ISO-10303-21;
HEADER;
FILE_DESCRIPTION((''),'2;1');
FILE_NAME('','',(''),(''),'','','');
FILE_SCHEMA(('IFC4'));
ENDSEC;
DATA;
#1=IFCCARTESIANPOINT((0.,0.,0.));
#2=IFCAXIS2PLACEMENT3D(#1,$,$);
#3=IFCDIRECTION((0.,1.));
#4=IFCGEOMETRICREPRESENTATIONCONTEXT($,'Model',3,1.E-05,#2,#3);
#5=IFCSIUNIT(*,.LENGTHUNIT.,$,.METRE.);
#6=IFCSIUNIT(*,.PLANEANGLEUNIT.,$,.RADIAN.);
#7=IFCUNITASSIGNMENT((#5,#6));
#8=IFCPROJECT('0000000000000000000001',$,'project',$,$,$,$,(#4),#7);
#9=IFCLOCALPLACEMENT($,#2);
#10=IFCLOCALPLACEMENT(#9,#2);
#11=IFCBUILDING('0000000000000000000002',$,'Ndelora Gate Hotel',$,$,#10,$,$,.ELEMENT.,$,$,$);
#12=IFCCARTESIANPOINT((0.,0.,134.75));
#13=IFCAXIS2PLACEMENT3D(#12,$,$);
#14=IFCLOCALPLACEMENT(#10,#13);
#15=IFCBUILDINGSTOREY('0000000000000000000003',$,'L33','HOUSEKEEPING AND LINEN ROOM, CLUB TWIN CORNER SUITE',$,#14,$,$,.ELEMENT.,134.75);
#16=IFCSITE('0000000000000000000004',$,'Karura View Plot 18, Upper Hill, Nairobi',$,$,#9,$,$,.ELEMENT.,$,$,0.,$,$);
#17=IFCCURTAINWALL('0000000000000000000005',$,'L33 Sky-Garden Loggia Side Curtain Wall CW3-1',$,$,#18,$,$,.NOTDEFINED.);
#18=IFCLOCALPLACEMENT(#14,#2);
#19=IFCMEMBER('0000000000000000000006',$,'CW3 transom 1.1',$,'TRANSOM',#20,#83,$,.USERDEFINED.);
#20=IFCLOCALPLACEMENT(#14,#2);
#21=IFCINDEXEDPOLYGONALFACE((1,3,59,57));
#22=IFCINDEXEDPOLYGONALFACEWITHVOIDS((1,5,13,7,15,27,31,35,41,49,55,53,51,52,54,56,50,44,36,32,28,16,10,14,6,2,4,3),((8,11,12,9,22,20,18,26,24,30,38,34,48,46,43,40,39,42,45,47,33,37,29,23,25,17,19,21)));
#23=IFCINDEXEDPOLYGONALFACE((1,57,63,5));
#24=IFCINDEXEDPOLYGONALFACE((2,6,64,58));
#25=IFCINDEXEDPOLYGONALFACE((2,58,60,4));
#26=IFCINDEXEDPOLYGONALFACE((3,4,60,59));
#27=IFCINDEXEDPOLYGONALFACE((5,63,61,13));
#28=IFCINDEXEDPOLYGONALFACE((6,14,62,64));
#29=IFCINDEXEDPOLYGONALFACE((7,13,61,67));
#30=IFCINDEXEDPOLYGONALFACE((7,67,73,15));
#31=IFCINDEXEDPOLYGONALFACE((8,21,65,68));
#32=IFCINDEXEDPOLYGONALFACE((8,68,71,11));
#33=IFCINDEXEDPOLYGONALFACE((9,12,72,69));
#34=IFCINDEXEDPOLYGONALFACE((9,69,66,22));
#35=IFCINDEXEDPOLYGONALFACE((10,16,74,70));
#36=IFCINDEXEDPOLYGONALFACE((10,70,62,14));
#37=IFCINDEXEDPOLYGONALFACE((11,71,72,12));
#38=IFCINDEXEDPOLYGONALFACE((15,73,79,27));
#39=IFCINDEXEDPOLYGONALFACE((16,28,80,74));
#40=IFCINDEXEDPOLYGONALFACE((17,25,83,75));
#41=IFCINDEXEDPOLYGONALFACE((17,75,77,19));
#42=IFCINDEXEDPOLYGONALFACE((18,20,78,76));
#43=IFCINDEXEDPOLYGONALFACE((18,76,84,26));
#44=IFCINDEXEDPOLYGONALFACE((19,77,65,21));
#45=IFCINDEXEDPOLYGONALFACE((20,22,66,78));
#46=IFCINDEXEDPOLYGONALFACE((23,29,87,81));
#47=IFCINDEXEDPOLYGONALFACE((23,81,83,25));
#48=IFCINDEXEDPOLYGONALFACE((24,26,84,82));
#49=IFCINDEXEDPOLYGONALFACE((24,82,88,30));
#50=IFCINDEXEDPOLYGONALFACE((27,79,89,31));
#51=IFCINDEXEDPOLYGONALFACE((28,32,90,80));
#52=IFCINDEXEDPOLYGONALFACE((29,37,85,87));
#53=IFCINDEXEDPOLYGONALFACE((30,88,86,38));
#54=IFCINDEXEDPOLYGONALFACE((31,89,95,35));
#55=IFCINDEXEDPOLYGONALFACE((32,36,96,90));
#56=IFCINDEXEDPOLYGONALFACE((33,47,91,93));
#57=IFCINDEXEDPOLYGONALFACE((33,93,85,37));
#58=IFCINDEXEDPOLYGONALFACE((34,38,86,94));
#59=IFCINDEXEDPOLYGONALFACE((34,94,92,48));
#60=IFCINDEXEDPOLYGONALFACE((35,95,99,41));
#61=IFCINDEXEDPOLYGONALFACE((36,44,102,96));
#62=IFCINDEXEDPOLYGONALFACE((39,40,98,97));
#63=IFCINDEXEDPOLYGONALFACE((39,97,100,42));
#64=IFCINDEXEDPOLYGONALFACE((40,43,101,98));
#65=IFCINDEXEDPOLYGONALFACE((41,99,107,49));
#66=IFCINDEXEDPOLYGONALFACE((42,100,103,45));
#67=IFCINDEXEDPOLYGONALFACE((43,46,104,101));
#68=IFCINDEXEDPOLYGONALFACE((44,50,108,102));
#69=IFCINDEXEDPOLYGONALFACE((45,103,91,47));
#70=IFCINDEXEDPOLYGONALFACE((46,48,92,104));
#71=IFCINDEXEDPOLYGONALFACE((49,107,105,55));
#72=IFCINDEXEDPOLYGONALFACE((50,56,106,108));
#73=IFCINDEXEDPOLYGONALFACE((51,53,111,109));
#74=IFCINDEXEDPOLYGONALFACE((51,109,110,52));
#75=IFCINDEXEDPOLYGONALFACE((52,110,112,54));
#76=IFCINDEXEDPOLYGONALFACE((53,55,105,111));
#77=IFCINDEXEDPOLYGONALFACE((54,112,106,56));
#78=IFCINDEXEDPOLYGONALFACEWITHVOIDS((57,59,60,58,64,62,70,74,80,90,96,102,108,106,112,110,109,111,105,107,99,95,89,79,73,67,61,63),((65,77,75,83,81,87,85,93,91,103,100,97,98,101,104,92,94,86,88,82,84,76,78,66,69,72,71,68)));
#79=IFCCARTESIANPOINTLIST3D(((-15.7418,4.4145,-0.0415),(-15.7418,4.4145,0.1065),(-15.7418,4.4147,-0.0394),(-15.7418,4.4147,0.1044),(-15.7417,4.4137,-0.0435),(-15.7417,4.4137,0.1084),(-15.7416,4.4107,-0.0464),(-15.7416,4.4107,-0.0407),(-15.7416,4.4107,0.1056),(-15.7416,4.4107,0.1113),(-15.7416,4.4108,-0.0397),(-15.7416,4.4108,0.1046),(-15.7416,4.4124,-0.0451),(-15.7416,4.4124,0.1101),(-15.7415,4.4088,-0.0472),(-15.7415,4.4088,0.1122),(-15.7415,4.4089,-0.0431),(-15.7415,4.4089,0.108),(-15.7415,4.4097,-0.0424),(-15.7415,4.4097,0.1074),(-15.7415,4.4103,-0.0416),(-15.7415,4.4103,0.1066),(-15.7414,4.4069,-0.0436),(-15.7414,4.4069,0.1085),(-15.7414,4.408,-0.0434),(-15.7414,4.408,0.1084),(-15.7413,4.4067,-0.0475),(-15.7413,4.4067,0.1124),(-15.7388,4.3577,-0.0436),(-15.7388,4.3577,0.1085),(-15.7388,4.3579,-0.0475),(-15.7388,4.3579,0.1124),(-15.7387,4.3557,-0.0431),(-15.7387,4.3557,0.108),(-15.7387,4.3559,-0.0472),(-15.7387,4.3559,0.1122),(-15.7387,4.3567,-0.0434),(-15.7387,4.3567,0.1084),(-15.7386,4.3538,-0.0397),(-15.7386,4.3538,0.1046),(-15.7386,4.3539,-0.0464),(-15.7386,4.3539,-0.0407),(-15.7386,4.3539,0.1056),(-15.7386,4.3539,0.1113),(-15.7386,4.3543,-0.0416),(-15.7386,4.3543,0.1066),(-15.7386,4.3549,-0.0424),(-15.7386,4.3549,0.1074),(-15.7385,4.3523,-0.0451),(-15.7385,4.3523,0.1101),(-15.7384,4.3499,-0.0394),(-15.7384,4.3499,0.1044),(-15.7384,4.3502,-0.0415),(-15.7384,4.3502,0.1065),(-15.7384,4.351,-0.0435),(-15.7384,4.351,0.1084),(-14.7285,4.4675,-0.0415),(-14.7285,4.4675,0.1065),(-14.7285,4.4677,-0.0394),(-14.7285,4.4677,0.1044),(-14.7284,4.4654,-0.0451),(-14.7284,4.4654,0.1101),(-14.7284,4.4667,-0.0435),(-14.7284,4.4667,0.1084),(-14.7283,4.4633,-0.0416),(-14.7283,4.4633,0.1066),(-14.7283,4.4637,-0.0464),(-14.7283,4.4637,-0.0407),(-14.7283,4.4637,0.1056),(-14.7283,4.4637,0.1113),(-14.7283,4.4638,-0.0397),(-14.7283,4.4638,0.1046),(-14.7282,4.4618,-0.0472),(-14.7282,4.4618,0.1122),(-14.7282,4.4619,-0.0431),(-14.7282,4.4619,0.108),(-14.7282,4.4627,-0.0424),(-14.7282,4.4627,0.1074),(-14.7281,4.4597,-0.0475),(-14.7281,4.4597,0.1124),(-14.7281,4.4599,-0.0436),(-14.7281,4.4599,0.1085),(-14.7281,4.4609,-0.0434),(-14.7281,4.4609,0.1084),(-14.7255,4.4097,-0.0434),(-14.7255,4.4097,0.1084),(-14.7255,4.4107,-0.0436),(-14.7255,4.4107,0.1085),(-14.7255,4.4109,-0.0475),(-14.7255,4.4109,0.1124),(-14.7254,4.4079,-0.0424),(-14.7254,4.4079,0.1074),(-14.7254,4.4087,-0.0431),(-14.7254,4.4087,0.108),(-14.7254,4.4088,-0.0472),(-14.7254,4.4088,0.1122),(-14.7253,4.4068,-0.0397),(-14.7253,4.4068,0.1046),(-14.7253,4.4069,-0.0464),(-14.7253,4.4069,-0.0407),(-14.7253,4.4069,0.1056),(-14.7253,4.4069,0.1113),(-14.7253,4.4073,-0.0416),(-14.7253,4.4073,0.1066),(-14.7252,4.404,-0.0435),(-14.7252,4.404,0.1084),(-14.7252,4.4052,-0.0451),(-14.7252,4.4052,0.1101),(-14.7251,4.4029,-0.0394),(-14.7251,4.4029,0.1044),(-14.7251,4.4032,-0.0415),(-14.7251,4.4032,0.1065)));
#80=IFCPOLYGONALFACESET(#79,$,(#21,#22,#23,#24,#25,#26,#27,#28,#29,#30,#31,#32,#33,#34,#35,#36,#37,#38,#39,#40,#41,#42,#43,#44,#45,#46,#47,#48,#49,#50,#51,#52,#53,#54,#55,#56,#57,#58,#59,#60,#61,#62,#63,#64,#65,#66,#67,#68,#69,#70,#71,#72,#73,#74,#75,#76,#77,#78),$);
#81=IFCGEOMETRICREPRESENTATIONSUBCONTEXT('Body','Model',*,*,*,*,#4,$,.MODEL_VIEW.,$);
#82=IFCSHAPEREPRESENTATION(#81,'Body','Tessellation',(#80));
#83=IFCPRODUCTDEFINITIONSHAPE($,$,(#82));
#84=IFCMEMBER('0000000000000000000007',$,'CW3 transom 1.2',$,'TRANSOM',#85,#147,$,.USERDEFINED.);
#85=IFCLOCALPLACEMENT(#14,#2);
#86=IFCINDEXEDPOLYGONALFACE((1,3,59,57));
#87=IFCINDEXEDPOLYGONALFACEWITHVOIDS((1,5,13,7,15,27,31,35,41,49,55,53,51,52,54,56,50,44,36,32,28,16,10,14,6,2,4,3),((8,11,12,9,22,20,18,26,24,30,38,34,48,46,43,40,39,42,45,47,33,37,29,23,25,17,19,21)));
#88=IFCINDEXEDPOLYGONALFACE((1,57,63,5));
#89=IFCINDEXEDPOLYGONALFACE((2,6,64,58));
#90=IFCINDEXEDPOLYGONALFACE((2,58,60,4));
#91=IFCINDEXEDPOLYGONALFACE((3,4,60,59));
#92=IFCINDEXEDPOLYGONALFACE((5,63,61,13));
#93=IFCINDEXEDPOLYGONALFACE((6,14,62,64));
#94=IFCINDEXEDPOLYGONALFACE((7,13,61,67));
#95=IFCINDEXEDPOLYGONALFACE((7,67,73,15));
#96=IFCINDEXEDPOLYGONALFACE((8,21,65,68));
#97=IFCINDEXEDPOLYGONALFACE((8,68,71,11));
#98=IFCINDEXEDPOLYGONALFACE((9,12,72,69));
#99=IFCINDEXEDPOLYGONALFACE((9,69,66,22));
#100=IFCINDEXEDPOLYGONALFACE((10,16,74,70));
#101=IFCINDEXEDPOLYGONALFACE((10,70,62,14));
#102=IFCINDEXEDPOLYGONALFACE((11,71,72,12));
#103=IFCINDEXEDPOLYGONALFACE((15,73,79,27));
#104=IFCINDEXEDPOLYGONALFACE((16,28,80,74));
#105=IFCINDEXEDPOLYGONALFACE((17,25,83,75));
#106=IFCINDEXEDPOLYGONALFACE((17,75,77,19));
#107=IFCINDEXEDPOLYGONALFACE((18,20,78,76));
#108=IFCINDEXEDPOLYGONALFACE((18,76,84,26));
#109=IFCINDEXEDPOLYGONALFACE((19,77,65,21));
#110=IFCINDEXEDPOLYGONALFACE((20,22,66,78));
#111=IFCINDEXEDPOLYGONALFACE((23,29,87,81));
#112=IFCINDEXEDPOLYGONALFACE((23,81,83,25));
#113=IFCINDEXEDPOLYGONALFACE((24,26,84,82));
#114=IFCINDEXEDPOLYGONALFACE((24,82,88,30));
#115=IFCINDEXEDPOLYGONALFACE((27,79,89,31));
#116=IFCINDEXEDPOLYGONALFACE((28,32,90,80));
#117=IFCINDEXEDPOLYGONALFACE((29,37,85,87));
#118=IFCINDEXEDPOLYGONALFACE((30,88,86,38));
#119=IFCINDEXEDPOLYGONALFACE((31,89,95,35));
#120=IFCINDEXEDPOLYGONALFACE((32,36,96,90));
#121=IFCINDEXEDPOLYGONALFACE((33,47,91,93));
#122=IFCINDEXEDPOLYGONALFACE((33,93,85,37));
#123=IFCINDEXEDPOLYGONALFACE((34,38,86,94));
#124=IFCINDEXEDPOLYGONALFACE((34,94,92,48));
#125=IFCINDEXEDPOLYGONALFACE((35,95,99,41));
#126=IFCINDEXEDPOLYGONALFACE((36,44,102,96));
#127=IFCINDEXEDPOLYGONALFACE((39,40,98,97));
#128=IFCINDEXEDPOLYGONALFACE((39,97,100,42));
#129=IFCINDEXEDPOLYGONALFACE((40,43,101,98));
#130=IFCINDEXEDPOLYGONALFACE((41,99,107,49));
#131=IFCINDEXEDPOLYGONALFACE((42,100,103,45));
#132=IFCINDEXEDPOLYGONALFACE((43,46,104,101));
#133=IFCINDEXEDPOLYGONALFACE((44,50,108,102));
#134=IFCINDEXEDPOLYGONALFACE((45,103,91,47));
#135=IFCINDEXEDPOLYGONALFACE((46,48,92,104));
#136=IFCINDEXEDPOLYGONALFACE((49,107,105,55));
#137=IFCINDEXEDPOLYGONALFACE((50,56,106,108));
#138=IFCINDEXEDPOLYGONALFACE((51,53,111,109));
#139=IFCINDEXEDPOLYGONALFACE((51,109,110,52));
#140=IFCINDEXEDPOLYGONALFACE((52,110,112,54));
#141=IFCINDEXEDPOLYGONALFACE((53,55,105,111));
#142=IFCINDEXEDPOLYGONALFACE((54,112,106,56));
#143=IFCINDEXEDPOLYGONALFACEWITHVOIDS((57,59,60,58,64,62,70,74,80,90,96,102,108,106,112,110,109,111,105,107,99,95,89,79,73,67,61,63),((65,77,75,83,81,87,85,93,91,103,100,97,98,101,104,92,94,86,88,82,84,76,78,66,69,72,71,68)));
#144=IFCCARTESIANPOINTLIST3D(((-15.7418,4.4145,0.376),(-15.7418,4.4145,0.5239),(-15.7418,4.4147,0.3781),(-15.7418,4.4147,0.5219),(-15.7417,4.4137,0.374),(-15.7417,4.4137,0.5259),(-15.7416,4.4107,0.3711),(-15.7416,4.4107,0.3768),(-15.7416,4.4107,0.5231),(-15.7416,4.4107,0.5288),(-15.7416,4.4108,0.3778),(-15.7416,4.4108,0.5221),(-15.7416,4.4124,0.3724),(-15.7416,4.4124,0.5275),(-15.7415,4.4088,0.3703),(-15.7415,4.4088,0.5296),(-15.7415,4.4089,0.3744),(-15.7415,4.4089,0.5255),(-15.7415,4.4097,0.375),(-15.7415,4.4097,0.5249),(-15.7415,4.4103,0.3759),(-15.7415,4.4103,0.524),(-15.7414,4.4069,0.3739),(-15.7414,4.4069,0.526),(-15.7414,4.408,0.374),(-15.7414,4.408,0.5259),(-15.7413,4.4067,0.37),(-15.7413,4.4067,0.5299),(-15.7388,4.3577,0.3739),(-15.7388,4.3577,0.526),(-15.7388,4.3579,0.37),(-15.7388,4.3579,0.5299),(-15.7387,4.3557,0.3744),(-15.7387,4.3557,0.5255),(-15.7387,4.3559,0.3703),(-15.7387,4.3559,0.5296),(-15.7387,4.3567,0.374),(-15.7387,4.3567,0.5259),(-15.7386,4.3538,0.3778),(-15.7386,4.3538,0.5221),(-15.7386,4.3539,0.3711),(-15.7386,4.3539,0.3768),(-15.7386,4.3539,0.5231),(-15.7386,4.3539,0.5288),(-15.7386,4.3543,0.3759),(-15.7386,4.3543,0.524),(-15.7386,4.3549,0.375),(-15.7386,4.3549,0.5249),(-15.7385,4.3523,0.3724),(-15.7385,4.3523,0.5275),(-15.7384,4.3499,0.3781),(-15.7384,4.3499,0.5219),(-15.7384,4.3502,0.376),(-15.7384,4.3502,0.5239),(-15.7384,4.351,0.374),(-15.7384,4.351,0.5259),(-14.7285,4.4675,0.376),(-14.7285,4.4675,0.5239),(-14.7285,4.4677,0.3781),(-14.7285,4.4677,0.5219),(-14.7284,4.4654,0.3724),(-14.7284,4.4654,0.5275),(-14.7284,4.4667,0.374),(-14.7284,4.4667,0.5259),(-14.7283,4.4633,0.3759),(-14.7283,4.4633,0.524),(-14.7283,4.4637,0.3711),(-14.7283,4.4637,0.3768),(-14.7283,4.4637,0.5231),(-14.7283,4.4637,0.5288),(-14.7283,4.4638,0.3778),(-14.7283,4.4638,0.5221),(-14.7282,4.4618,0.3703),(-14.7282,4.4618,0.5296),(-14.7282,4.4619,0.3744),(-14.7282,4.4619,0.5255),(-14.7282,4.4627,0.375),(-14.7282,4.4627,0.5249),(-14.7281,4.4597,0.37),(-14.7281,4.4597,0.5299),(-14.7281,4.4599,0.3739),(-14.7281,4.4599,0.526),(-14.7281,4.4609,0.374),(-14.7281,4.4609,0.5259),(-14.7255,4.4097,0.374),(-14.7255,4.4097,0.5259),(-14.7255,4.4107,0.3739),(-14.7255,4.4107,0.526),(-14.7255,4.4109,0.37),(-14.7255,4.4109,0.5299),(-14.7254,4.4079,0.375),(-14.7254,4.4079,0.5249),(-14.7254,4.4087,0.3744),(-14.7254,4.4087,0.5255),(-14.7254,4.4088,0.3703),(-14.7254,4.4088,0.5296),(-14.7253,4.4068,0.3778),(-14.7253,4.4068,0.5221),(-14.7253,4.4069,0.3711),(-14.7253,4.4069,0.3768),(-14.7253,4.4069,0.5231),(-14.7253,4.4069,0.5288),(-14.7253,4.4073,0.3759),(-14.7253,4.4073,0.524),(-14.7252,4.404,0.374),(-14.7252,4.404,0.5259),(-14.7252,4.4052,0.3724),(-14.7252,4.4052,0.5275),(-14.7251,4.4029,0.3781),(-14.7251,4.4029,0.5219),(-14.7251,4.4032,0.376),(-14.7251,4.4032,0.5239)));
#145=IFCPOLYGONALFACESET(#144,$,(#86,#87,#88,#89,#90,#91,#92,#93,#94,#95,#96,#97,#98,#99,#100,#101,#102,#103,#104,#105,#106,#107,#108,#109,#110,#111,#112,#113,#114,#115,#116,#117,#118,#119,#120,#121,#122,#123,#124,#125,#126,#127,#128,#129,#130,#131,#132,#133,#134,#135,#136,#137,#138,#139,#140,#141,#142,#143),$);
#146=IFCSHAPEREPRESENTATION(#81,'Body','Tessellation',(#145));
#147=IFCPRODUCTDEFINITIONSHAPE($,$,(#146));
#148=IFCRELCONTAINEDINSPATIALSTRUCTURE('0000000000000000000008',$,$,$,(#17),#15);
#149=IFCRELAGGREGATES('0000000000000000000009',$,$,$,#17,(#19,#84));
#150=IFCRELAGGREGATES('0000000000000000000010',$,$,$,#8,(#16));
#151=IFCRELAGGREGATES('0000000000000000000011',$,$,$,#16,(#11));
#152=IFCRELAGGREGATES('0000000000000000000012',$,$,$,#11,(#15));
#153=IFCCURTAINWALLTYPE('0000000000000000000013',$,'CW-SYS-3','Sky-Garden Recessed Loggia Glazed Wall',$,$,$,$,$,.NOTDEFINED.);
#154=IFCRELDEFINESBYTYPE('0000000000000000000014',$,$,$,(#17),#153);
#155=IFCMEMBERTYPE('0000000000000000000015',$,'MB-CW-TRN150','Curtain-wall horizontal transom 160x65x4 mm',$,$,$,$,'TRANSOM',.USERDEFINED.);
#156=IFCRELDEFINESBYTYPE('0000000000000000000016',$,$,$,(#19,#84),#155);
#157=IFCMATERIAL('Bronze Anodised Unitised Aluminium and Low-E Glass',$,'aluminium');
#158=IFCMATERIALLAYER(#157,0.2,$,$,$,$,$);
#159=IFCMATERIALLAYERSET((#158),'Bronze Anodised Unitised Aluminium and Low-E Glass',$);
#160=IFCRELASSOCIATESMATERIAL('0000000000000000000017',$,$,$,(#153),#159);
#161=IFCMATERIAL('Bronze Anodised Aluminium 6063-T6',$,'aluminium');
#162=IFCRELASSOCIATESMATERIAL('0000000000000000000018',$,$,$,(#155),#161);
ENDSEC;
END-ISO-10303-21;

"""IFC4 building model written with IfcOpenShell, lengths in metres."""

from ifc_helpers import new_model, si_unit, direction, frame, origin, origin_2d, place, context, subcontext, project, spatial, hollow_rectangle, extrude, material, layer, layer_set, material_profile, profile_set, type_object, element, aggregate, save


model = new_model("IFC4")

# Units and contexts
model_context = context("Model", 3, precision=1e-05, world=origin(), true_north=direction((0.0, 1.0)))
body_context = subcontext(model_context, "Body", "Model", "MODEL_VIEW")
ifc_project = project(units=[si_unit("LENGTHUNIT", "METRE"), si_unit("PLANEANGLEUNIT", "RADIAN")], contexts=[model_context])

# Site, building, storey
site_placement = place(None, origin())
site = spatial("IfcSite", under=ifc_project, at=site_placement, Name="Karura View Plot 18, Upper Hill, Nairobi", CompositionType="ELEMENT", RefElevation=0.0)
building_placement = place(site_placement, origin())
building = spatial("IfcBuilding", under=site, at=building_placement, Name="Ndelora Gate Hotel", CompositionType="ELEMENT")
storey_placement = place(building_placement, frame((0.0, 0.0, 134.75)))
storey = spatial("IfcBuildingStorey", under=building, at=storey_placement, Name="L33", Description="HOUSEKEEPING AND LINEN ROOM, CLUB TWIN CORNER SUITE", CompositionType="ELEMENT", Elevation=134.75)

# Curtain wall, members
ifc_material_1 = material(Name="Bronze Anodised Unitised Aluminium and Low-E Glass", Category="aluminium")
ifc_layer_1 = layer(ifc_material_1, 0.2)
ifc_layer_set_1 = layer_set([ifc_layer_1], Name="Bronze Anodised Unitised Aluminium and Low-E Glass")
curtain_wall_type = type_object("IfcCurtainWallType", Name="CW-SYS-3", Description="Sky-Garden Recessed Loggia Glazed Wall", PredefinedType="NOTDEFINED", material=ifc_layer_set_1)
curtain_wall_placement = place(storey_placement, origin())
curtain_wall = element("IfcCurtainWall", 1, at=curtain_wall_placement, inside=storey, type_object=curtain_wall_type, Name="L33 Sky-Garden Loggia Side Curtain Wall CW3-1", PredefinedType="NOTDEFINED")
ifc_material_2 = material(Name="Bronze Anodised Aluminium 6063-T6", Category="aluminium")
ifc_material_profile_1 = material_profile(ifc_material_2, hollow_rectangle(XDim=0.0649, YDim=0.1599, WallThickness=0.0039, InnerFilletRadius=0.0039, OuterFilletRadius=0.0081, at=origin_2d()), Name="ALU 160x65x4")
ifc_profile_set_1 = profile_set([ifc_material_profile_1], Name="Bronze Anodised Aluminium 6063-T6")
member_type_1 = type_object("IfcMemberType", Name="MB-CW-TRN150", Description="Curtain-wall horizontal transom 160x65x4 mm", ElementType="TRANSOM", PredefinedType="USERDEFINED", material=ifc_profile_set_1)
member_1_placement = place(storey_placement, frame((-14.7268, 4.4353, 0.0325), z_axis=(-0.998636, -0.052218, 0.0), x_axis=(0.052218, -0.998636, 0.0)))
member_1 = element("IfcMember", 2, at=member_1_placement, type_object=member_type_1, Name="CW3 transom 1.1", ObjectType="TRANSOM", PredefinedType="USERDEFINED", context=body_context, shape_type="SweptSolid", body=[
    extrude(hollow_rectangle(XDim=0.0649, YDim=0.1599, WallThickness=0.0039, InnerFilletRadius=0.0039, OuterFilletRadius=0.0081, at=origin_2d()), origin(), (0.0, 0.0, 1.0), 1.0146),
])
member_2_placement = place(storey_placement, frame((-14.7268, 4.4353, 0.45), z_axis=(-0.998636, -0.052218, 0.0), x_axis=(0.052218, -0.998636, 0.0)))
member_2 = element("IfcMember", 3, at=member_2_placement, type_object=member_type_1, Name="CW3 transom 1.2", ObjectType="TRANSOM", PredefinedType="USERDEFINED", context=body_context, shape_type="SweptSolid", body=[
    extrude(hollow_rectangle(XDim=0.0649, YDim=0.1599, WallThickness=0.0039, InnerFilletRadius=0.0039, OuterFilletRadius=0.0081, at=origin_2d()), origin(), (0.0, 0.0, 1.0), 1.0146),
])
aggregate(curtain_wall, [member_1, member_2])

save(model, "model.ifc")
